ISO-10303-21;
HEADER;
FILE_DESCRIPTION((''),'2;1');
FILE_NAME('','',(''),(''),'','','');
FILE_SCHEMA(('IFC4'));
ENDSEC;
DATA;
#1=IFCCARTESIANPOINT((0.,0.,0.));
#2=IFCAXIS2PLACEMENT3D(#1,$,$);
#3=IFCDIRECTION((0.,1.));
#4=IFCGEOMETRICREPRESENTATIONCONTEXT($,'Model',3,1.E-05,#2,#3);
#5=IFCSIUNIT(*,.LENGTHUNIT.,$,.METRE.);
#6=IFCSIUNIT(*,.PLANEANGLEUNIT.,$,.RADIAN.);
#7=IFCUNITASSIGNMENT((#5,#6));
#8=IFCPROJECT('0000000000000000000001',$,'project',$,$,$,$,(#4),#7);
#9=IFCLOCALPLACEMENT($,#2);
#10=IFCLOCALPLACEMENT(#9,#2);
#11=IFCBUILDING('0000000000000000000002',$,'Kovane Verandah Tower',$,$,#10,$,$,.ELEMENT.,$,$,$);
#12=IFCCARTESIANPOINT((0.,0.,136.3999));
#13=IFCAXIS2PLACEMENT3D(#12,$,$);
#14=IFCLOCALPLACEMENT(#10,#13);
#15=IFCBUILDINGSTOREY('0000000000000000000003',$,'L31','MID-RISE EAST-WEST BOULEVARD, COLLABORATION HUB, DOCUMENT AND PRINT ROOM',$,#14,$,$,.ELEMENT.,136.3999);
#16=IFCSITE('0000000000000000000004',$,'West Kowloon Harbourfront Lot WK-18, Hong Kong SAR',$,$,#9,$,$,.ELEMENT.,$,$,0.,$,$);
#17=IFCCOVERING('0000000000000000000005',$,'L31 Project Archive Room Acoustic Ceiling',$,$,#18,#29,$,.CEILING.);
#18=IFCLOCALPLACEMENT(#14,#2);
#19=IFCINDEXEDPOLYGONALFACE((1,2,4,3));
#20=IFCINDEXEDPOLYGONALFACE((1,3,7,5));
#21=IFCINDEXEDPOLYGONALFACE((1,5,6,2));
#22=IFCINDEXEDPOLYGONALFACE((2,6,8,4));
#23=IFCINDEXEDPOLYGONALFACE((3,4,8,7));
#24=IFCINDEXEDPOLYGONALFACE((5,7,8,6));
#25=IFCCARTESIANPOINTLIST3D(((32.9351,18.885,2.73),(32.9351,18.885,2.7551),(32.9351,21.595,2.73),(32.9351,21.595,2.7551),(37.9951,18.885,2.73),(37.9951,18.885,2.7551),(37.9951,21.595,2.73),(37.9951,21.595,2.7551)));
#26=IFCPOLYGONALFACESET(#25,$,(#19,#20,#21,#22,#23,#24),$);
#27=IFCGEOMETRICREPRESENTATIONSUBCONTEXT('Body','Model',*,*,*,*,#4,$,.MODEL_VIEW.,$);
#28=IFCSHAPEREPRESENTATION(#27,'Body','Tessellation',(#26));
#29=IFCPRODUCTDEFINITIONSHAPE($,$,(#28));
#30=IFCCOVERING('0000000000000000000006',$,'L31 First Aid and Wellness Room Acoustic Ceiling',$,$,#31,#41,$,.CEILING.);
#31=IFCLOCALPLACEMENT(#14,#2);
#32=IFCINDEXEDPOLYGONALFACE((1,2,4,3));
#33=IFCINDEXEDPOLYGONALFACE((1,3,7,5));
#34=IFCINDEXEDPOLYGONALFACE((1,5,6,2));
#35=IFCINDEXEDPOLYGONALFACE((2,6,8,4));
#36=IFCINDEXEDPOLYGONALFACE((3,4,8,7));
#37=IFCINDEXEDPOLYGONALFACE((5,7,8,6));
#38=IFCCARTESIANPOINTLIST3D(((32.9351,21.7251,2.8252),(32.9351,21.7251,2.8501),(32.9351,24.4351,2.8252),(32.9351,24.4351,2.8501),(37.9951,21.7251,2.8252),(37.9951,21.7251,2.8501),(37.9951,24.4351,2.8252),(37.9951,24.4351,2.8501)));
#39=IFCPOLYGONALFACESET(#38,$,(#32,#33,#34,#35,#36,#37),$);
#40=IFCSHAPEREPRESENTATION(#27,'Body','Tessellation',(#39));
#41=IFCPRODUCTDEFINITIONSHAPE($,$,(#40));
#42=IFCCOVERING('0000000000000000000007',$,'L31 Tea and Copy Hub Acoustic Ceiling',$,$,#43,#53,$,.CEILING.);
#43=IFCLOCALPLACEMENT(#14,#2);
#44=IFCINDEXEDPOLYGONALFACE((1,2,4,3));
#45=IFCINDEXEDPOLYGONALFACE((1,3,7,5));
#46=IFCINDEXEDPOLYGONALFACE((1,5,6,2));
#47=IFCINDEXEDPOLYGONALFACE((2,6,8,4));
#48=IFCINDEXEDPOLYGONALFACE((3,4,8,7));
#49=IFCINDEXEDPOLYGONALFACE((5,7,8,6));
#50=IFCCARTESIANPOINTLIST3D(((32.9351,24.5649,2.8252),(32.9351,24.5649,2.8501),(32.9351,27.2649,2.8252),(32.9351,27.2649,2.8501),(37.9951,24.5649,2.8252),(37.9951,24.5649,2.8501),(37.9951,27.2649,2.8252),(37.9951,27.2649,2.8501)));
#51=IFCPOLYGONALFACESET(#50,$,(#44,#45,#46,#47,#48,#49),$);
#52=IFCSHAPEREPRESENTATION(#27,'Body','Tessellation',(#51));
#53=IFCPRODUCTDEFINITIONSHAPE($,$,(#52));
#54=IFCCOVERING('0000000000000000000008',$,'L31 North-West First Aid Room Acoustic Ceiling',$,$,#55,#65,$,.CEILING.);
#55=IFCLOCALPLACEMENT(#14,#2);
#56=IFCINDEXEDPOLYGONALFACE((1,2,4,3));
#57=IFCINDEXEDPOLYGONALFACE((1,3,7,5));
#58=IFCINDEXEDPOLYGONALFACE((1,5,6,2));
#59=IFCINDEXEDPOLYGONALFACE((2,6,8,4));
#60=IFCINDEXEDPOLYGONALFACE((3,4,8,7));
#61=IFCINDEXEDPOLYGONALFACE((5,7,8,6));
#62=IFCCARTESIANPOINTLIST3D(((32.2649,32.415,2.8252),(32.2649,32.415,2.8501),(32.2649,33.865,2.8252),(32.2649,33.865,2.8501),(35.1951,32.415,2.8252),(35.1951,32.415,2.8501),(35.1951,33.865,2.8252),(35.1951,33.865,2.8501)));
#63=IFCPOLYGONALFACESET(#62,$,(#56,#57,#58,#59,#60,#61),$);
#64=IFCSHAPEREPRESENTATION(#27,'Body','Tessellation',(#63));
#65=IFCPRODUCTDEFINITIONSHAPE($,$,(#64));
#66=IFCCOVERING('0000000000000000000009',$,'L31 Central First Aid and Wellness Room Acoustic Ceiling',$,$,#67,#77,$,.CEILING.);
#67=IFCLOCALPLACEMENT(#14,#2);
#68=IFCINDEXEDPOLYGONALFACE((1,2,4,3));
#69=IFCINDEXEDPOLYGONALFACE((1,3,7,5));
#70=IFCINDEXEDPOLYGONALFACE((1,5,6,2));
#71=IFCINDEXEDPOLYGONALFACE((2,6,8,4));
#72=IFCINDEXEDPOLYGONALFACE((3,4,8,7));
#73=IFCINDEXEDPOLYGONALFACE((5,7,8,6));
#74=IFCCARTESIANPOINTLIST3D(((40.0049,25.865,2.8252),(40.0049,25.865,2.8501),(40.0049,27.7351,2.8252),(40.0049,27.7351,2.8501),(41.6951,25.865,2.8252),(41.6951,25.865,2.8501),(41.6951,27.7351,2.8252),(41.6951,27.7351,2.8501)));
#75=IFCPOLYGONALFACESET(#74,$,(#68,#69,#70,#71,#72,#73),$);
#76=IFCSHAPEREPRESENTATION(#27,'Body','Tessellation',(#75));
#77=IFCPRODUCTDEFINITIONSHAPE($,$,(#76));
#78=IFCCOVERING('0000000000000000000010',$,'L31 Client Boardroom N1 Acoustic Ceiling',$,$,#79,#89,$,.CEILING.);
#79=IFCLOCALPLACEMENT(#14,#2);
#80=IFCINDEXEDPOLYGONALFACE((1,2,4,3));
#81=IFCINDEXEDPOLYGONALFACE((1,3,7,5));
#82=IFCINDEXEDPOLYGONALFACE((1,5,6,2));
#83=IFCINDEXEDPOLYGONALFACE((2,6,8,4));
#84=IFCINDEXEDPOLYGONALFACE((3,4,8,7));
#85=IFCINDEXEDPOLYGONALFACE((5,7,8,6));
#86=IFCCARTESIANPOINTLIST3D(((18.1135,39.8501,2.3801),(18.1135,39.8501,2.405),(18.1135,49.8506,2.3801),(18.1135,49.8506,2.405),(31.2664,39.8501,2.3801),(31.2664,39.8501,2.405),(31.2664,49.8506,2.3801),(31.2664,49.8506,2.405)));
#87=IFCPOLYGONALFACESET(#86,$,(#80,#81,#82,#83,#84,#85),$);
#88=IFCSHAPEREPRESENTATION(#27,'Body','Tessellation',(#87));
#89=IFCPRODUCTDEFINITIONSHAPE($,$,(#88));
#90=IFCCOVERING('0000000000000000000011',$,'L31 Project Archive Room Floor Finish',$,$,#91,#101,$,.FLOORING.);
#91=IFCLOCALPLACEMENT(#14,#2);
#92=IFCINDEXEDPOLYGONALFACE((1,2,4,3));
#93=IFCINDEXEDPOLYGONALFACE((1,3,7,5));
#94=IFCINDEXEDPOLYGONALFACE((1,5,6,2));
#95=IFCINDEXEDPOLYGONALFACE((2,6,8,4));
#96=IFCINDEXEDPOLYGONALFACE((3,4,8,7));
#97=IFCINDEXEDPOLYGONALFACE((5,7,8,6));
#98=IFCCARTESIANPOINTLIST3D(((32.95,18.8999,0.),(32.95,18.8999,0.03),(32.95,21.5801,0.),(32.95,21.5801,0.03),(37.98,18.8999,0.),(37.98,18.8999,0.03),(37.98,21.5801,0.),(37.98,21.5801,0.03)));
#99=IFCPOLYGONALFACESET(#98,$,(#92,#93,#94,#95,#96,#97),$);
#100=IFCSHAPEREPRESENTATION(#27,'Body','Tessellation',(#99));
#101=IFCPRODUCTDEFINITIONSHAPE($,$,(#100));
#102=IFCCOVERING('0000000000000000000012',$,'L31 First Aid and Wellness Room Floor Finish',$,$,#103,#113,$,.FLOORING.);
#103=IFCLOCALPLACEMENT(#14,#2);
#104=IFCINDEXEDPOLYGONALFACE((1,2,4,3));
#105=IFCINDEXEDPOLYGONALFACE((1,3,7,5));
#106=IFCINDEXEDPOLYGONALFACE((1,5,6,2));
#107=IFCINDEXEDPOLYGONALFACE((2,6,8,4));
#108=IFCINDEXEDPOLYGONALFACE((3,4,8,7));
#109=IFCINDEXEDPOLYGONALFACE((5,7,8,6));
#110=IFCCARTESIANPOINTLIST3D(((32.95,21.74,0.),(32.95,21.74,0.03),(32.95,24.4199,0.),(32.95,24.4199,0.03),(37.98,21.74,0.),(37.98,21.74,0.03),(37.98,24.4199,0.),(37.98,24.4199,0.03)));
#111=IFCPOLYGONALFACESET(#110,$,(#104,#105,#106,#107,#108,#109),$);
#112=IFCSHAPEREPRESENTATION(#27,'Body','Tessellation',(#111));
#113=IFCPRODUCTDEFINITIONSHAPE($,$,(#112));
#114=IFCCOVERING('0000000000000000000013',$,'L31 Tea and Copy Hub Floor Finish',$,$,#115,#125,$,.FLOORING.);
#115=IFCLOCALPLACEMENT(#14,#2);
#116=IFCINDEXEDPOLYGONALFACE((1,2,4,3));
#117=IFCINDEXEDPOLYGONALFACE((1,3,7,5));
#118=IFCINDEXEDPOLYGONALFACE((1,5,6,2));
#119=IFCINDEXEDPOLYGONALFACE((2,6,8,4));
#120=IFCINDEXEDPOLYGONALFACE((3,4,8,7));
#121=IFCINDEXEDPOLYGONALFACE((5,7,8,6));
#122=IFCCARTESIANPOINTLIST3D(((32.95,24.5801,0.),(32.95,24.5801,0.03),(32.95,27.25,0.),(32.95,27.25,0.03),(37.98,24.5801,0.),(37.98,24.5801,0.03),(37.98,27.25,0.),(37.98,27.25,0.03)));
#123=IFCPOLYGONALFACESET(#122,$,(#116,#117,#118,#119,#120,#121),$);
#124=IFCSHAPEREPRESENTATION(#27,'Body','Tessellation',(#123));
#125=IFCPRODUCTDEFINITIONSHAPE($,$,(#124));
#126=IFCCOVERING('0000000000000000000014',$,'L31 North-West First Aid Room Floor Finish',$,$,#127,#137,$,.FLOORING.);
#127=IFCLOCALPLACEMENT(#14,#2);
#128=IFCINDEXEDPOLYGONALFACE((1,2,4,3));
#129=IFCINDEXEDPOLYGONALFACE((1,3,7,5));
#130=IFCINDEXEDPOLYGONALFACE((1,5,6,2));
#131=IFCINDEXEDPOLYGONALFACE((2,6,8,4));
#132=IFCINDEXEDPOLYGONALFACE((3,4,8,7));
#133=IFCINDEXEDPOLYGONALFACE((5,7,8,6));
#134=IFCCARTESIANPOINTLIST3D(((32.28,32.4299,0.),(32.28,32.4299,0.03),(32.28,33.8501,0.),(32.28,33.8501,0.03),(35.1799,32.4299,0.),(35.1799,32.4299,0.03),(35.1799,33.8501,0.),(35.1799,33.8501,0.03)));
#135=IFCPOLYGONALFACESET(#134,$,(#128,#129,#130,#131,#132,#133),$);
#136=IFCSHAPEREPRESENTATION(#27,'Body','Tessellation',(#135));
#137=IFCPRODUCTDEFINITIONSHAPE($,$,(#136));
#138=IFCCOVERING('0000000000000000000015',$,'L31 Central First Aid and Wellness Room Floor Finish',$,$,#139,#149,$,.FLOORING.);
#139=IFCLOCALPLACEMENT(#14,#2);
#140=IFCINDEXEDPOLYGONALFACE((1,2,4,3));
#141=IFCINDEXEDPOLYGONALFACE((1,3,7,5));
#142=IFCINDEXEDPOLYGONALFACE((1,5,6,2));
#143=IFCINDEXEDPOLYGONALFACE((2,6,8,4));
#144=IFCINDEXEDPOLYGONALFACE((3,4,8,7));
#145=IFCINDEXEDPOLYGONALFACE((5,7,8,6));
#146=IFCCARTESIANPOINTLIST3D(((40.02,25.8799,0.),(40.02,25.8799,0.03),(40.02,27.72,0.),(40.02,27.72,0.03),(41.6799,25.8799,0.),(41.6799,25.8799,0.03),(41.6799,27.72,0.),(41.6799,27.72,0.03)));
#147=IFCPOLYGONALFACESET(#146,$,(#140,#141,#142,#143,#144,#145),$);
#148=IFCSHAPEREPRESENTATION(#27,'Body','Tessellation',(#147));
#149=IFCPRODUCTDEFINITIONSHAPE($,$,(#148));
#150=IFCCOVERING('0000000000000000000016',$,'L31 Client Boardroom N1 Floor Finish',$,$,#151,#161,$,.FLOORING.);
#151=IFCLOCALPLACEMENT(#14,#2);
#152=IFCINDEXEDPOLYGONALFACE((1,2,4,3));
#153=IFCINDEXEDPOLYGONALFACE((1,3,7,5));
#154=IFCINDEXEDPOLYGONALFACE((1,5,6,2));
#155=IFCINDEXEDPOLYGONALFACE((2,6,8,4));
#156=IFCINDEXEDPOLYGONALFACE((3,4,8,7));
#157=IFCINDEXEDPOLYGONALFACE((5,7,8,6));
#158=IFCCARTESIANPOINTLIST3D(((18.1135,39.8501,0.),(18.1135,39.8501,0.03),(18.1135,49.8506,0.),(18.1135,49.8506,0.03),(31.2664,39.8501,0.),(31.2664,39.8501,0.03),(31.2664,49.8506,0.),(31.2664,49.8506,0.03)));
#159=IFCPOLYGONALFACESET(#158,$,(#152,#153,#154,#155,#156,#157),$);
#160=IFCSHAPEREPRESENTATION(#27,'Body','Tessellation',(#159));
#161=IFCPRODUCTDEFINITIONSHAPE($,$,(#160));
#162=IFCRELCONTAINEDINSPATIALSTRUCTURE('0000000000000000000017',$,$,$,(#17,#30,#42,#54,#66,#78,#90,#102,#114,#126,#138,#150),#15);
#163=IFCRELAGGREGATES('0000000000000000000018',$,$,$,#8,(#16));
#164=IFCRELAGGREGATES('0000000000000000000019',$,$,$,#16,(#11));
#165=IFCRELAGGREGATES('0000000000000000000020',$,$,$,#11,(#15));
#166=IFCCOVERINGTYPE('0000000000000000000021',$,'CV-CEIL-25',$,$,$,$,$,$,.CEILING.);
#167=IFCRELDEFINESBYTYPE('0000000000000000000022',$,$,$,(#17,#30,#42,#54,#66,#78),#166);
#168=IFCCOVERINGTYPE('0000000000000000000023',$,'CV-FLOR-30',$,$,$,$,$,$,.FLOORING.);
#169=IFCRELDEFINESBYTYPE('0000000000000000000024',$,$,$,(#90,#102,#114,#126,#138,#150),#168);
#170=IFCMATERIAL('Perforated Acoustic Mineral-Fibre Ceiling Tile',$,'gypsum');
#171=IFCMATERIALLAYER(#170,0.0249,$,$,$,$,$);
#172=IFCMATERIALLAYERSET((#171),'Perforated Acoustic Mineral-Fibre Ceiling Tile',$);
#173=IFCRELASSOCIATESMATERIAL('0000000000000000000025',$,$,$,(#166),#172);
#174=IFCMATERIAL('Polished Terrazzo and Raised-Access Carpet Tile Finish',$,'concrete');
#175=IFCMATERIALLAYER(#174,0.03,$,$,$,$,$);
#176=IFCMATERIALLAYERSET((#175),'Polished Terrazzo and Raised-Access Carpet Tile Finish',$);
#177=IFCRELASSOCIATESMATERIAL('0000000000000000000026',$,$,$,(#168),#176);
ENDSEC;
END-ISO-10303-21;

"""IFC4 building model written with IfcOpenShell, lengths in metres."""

from ifc_helpers import new_model, si_unit, direction, frame, origin, place, context, subcontext, project, spatial, polyline, outline, extrude, material, layer, layer_set, type_object, element, save


model = new_model("IFC4")

# Units and contexts
model_context = context("Model", 3, precision=1e-05, world=origin(), true_north=direction((0.0, 1.0)))
body_context = subcontext(model_context, "Body", "Model", "MODEL_VIEW")
ifc_project = project(units=[si_unit("LENGTHUNIT", "METRE"), si_unit("PLANEANGLEUNIT", "RADIAN")], contexts=[model_context])

# Site, building, storey
site_placement = place(None, origin())
site = spatial("IfcSite", under=ifc_project, at=site_placement, Name="West Kowloon Harbourfront Lot WK-18, Hong Kong SAR", CompositionType="ELEMENT", RefElevation=0.0)
building_placement = place(site_placement, origin())
building = spatial("IfcBuilding", under=site, at=building_placement, Name="Kovane Verandah Tower", CompositionType="ELEMENT")
storey_placement = place(building_placement, frame((0.0, 0.0, 136.3999)))
storey = spatial("IfcBuildingStorey", under=building, at=storey_placement, Name="L31", Description="MID-RISE EAST-WEST BOULEVARD, COLLABORATION HUB, DOCUMENT AND PRINT ROOM", CompositionType="ELEMENT", Elevation=136.3999)

# Coverings
ifc_material_1 = material(Name="Perforated Acoustic Mineral-Fibre Ceiling Tile", Category="gypsum")
ifc_layer_1 = layer(ifc_material_1, 0.0249)
ifc_layer_set_1 = layer_set([ifc_layer_1], Name="Perforated Acoustic Mineral-Fibre Ceiling Tile")
covering_type_1 = type_object("IfcCoveringType", Name="CV-CEIL-25", PredefinedType="CEILING", material=ifc_layer_set_1)
covering_1_placement = place(storey_placement, frame((0.0, 0.0, 2.73)))
element("IfcCovering", 1, at=covering_1_placement, inside=storey, type_object=covering_type_1, Name="L31 Project Archive Room Acoustic Ceiling", PredefinedType="CEILING", context=body_context, shape_type="SweptSolid", body=[
    extrude(outline(polyline([(32.9351, 18.885), (37.9951, 18.885), (37.9951, 21.595), (32.9351, 21.595), (32.9351, 18.885)])), origin(), (0.0, 0.0, 1.0), 0.0251),
])
covering_2_placement = place(storey_placement, frame((0.0, 0.0, 2.8252)))
element("IfcCovering", 2, at=covering_2_placement, inside=storey, type_object=covering_type_1, Name="L31 First Aid and Wellness Room Acoustic Ceiling", PredefinedType="CEILING", context=body_context, shape_type="SweptSolid", body=[
    extrude(outline(polyline([(32.9351, 21.7251), (37.9951, 21.7251), (37.9951, 24.4351), (32.9351, 24.4351), (32.9351, 21.7251)])), origin(), (0.0, 0.0, 1.0), 0.0249),
])
covering_3_placement = place(storey_placement, frame((0.0, 0.0, 2.8252)))
element("IfcCovering", 3, at=covering_3_placement, inside=storey, type_object=covering_type_1, Name="L31 Tea and Copy Hub Acoustic Ceiling", PredefinedType="CEILING", context=body_context, shape_type="SweptSolid", body=[
    extrude(outline(polyline([(32.9351, 24.5649), (37.9951, 24.5649), (37.9951, 27.2649), (32.9351, 27.2649), (32.9351, 24.5649)])), origin(), (0.0, 0.0, 1.0), 0.0249),
])
covering_4_placement = place(storey_placement, frame((0.0, 0.0, 2.8252)))
element("IfcCovering", 4, at=covering_4_placement, inside=storey, type_object=covering_type_1, Name="L31 North-West First Aid Room Acoustic Ceiling", PredefinedType="CEILING", context=body_context, shape_type="SweptSolid", body=[
    extrude(outline(polyline([(32.2649, 32.415), (35.1951, 32.415), (35.1951, 33.865), (32.2649, 33.865), (32.2649, 32.415)])), origin(), (0.0, 0.0, 1.0), 0.0249),
])
covering_5_placement = place(storey_placement, frame((0.0, 0.0, 2.8252)))
element("IfcCovering", 5, at=covering_5_placement, inside=storey, type_object=covering_type_1, Name="L31 Central First Aid and Wellness Room Acoustic Ceiling", PredefinedType="CEILING", context=body_context, shape_type="SweptSolid", body=[
    extrude(outline(polyline([(40.0049, 25.865), (41.6951, 25.865), (41.6951, 27.7351), (40.0049, 27.7351), (40.0049, 25.865)])), origin(), (0.0, 0.0, 1.0), 0.0249),
])
covering_6_placement = place(storey_placement, frame((0.0, 0.0, 2.3801)))
element("IfcCovering", 6, at=covering_6_placement, inside=storey, type_object=covering_type_1, Name="L31 Client Boardroom N1 Acoustic Ceiling", PredefinedType="CEILING", context=body_context, shape_type="SweptSolid", body=[
    extrude(outline(polyline([(18.1135, 39.8501), (31.2664, 39.8501), (31.2664, 49.8506), (18.1135, 49.8506), (18.1135, 39.8501)])), origin(), (0.0, 0.0, 1.0), 0.0249),
])
ifc_material_2 = material(Name="Polished Terrazzo and Raised-Access Carpet Tile Finish", Category="concrete")
ifc_layer_2 = layer(ifc_material_2, 0.03)
ifc_layer_set_2 = layer_set([ifc_layer_2], Name="Polished Terrazzo and Raised-Access Carpet Tile Finish")
covering_type_2 = type_object("IfcCoveringType", Name="CV-FLOR-30", PredefinedType="FLOORING", material=ifc_layer_set_2)
covering_7_placement = place(storey_placement, origin())
element("IfcCovering", 7, at=covering_7_placement, inside=storey, type_object=covering_type_2, Name="L31 Project Archive Room Floor Finish", PredefinedType="FLOORING", context=body_context, shape_type="SweptSolid", body=[
    extrude(outline(polyline([(32.95, 18.8999), (37.98, 18.8999), (37.98, 21.5801), (32.95, 21.5801), (32.95, 18.8999)])), origin(), (0.0, 0.0, 1.0), 0.03),
])
covering_8_placement = place(storey_placement, origin())
element("IfcCovering", 8, at=covering_8_placement, inside=storey, type_object=covering_type_2, Name="L31 First Aid and Wellness Room Floor Finish", PredefinedType="FLOORING", context=body_context, shape_type="SweptSolid", body=[
    extrude(outline(polyline([(32.95, 21.74), (37.98, 21.74), (37.98, 24.4199), (32.95, 24.4199), (32.95, 21.74)])), origin(), (0.0, 0.0, 1.0), 0.03),
])
covering_9_placement = place(storey_placement, origin())
element("IfcCovering", 9, at=covering_9_placement, inside=storey, type_object=covering_type_2, Name="L31 Tea and Copy Hub Floor Finish", PredefinedType="FLOORING", context=body_context, shape_type="SweptSolid", body=[
    extrude(outline(polyline([(32.95, 24.5801), (37.98, 24.5801), (37.98, 27.25), (32.95, 27.25), (32.95, 24.5801)])), origin(), (0.0, 0.0, 1.0), 0.03),
])
covering_10_placement = place(storey_placement, origin())
element("IfcCovering", 10, at=covering_10_placement, inside=storey, type_object=covering_type_2, Name="L31 North-West First Aid Room Floor Finish", PredefinedType="FLOORING", context=body_context, shape_type="SweptSolid", body=[
    extrude(outline(polyline([(32.28, 32.4299), (35.1799, 32.4299), (35.1799, 33.8501), (32.28, 33.8501), (32.28, 32.4299)])), origin(), (0.0, 0.0, 1.0), 0.03),
])
covering_11_placement = place(storey_placement, origin())
element("IfcCovering", 11, at=covering_11_placement, inside=storey, type_object=covering_type_2, Name="L31 Central First Aid and Wellness Room Floor Finish", PredefinedType="FLOORING", context=body_context, shape_type="SweptSolid", body=[
    extrude(outline(polyline([(40.02, 25.8799), (41.6799, 25.8799), (41.6799, 27.72), (40.02, 27.72), (40.02, 25.8799)])), origin(), (0.0, 0.0, 1.0), 0.03),
])
covering_12_placement = place(storey_placement, origin())
element("IfcCovering", 12, at=covering_12_placement, inside=storey, type_object=covering_type_2, Name="L31 Client Boardroom N1 Floor Finish", PredefinedType="FLOORING", context=body_context, shape_type="SweptSolid", body=[
    extrude(outline(polyline([(18.1135, 39.8501), (31.2664, 39.8501), (31.2664, 49.8506), (18.1135, 49.8506), (18.1135, 39.8501)])), origin(), (0.0, 0.0, 1.0), 0.03),
])

save(model, "model.ifc")
